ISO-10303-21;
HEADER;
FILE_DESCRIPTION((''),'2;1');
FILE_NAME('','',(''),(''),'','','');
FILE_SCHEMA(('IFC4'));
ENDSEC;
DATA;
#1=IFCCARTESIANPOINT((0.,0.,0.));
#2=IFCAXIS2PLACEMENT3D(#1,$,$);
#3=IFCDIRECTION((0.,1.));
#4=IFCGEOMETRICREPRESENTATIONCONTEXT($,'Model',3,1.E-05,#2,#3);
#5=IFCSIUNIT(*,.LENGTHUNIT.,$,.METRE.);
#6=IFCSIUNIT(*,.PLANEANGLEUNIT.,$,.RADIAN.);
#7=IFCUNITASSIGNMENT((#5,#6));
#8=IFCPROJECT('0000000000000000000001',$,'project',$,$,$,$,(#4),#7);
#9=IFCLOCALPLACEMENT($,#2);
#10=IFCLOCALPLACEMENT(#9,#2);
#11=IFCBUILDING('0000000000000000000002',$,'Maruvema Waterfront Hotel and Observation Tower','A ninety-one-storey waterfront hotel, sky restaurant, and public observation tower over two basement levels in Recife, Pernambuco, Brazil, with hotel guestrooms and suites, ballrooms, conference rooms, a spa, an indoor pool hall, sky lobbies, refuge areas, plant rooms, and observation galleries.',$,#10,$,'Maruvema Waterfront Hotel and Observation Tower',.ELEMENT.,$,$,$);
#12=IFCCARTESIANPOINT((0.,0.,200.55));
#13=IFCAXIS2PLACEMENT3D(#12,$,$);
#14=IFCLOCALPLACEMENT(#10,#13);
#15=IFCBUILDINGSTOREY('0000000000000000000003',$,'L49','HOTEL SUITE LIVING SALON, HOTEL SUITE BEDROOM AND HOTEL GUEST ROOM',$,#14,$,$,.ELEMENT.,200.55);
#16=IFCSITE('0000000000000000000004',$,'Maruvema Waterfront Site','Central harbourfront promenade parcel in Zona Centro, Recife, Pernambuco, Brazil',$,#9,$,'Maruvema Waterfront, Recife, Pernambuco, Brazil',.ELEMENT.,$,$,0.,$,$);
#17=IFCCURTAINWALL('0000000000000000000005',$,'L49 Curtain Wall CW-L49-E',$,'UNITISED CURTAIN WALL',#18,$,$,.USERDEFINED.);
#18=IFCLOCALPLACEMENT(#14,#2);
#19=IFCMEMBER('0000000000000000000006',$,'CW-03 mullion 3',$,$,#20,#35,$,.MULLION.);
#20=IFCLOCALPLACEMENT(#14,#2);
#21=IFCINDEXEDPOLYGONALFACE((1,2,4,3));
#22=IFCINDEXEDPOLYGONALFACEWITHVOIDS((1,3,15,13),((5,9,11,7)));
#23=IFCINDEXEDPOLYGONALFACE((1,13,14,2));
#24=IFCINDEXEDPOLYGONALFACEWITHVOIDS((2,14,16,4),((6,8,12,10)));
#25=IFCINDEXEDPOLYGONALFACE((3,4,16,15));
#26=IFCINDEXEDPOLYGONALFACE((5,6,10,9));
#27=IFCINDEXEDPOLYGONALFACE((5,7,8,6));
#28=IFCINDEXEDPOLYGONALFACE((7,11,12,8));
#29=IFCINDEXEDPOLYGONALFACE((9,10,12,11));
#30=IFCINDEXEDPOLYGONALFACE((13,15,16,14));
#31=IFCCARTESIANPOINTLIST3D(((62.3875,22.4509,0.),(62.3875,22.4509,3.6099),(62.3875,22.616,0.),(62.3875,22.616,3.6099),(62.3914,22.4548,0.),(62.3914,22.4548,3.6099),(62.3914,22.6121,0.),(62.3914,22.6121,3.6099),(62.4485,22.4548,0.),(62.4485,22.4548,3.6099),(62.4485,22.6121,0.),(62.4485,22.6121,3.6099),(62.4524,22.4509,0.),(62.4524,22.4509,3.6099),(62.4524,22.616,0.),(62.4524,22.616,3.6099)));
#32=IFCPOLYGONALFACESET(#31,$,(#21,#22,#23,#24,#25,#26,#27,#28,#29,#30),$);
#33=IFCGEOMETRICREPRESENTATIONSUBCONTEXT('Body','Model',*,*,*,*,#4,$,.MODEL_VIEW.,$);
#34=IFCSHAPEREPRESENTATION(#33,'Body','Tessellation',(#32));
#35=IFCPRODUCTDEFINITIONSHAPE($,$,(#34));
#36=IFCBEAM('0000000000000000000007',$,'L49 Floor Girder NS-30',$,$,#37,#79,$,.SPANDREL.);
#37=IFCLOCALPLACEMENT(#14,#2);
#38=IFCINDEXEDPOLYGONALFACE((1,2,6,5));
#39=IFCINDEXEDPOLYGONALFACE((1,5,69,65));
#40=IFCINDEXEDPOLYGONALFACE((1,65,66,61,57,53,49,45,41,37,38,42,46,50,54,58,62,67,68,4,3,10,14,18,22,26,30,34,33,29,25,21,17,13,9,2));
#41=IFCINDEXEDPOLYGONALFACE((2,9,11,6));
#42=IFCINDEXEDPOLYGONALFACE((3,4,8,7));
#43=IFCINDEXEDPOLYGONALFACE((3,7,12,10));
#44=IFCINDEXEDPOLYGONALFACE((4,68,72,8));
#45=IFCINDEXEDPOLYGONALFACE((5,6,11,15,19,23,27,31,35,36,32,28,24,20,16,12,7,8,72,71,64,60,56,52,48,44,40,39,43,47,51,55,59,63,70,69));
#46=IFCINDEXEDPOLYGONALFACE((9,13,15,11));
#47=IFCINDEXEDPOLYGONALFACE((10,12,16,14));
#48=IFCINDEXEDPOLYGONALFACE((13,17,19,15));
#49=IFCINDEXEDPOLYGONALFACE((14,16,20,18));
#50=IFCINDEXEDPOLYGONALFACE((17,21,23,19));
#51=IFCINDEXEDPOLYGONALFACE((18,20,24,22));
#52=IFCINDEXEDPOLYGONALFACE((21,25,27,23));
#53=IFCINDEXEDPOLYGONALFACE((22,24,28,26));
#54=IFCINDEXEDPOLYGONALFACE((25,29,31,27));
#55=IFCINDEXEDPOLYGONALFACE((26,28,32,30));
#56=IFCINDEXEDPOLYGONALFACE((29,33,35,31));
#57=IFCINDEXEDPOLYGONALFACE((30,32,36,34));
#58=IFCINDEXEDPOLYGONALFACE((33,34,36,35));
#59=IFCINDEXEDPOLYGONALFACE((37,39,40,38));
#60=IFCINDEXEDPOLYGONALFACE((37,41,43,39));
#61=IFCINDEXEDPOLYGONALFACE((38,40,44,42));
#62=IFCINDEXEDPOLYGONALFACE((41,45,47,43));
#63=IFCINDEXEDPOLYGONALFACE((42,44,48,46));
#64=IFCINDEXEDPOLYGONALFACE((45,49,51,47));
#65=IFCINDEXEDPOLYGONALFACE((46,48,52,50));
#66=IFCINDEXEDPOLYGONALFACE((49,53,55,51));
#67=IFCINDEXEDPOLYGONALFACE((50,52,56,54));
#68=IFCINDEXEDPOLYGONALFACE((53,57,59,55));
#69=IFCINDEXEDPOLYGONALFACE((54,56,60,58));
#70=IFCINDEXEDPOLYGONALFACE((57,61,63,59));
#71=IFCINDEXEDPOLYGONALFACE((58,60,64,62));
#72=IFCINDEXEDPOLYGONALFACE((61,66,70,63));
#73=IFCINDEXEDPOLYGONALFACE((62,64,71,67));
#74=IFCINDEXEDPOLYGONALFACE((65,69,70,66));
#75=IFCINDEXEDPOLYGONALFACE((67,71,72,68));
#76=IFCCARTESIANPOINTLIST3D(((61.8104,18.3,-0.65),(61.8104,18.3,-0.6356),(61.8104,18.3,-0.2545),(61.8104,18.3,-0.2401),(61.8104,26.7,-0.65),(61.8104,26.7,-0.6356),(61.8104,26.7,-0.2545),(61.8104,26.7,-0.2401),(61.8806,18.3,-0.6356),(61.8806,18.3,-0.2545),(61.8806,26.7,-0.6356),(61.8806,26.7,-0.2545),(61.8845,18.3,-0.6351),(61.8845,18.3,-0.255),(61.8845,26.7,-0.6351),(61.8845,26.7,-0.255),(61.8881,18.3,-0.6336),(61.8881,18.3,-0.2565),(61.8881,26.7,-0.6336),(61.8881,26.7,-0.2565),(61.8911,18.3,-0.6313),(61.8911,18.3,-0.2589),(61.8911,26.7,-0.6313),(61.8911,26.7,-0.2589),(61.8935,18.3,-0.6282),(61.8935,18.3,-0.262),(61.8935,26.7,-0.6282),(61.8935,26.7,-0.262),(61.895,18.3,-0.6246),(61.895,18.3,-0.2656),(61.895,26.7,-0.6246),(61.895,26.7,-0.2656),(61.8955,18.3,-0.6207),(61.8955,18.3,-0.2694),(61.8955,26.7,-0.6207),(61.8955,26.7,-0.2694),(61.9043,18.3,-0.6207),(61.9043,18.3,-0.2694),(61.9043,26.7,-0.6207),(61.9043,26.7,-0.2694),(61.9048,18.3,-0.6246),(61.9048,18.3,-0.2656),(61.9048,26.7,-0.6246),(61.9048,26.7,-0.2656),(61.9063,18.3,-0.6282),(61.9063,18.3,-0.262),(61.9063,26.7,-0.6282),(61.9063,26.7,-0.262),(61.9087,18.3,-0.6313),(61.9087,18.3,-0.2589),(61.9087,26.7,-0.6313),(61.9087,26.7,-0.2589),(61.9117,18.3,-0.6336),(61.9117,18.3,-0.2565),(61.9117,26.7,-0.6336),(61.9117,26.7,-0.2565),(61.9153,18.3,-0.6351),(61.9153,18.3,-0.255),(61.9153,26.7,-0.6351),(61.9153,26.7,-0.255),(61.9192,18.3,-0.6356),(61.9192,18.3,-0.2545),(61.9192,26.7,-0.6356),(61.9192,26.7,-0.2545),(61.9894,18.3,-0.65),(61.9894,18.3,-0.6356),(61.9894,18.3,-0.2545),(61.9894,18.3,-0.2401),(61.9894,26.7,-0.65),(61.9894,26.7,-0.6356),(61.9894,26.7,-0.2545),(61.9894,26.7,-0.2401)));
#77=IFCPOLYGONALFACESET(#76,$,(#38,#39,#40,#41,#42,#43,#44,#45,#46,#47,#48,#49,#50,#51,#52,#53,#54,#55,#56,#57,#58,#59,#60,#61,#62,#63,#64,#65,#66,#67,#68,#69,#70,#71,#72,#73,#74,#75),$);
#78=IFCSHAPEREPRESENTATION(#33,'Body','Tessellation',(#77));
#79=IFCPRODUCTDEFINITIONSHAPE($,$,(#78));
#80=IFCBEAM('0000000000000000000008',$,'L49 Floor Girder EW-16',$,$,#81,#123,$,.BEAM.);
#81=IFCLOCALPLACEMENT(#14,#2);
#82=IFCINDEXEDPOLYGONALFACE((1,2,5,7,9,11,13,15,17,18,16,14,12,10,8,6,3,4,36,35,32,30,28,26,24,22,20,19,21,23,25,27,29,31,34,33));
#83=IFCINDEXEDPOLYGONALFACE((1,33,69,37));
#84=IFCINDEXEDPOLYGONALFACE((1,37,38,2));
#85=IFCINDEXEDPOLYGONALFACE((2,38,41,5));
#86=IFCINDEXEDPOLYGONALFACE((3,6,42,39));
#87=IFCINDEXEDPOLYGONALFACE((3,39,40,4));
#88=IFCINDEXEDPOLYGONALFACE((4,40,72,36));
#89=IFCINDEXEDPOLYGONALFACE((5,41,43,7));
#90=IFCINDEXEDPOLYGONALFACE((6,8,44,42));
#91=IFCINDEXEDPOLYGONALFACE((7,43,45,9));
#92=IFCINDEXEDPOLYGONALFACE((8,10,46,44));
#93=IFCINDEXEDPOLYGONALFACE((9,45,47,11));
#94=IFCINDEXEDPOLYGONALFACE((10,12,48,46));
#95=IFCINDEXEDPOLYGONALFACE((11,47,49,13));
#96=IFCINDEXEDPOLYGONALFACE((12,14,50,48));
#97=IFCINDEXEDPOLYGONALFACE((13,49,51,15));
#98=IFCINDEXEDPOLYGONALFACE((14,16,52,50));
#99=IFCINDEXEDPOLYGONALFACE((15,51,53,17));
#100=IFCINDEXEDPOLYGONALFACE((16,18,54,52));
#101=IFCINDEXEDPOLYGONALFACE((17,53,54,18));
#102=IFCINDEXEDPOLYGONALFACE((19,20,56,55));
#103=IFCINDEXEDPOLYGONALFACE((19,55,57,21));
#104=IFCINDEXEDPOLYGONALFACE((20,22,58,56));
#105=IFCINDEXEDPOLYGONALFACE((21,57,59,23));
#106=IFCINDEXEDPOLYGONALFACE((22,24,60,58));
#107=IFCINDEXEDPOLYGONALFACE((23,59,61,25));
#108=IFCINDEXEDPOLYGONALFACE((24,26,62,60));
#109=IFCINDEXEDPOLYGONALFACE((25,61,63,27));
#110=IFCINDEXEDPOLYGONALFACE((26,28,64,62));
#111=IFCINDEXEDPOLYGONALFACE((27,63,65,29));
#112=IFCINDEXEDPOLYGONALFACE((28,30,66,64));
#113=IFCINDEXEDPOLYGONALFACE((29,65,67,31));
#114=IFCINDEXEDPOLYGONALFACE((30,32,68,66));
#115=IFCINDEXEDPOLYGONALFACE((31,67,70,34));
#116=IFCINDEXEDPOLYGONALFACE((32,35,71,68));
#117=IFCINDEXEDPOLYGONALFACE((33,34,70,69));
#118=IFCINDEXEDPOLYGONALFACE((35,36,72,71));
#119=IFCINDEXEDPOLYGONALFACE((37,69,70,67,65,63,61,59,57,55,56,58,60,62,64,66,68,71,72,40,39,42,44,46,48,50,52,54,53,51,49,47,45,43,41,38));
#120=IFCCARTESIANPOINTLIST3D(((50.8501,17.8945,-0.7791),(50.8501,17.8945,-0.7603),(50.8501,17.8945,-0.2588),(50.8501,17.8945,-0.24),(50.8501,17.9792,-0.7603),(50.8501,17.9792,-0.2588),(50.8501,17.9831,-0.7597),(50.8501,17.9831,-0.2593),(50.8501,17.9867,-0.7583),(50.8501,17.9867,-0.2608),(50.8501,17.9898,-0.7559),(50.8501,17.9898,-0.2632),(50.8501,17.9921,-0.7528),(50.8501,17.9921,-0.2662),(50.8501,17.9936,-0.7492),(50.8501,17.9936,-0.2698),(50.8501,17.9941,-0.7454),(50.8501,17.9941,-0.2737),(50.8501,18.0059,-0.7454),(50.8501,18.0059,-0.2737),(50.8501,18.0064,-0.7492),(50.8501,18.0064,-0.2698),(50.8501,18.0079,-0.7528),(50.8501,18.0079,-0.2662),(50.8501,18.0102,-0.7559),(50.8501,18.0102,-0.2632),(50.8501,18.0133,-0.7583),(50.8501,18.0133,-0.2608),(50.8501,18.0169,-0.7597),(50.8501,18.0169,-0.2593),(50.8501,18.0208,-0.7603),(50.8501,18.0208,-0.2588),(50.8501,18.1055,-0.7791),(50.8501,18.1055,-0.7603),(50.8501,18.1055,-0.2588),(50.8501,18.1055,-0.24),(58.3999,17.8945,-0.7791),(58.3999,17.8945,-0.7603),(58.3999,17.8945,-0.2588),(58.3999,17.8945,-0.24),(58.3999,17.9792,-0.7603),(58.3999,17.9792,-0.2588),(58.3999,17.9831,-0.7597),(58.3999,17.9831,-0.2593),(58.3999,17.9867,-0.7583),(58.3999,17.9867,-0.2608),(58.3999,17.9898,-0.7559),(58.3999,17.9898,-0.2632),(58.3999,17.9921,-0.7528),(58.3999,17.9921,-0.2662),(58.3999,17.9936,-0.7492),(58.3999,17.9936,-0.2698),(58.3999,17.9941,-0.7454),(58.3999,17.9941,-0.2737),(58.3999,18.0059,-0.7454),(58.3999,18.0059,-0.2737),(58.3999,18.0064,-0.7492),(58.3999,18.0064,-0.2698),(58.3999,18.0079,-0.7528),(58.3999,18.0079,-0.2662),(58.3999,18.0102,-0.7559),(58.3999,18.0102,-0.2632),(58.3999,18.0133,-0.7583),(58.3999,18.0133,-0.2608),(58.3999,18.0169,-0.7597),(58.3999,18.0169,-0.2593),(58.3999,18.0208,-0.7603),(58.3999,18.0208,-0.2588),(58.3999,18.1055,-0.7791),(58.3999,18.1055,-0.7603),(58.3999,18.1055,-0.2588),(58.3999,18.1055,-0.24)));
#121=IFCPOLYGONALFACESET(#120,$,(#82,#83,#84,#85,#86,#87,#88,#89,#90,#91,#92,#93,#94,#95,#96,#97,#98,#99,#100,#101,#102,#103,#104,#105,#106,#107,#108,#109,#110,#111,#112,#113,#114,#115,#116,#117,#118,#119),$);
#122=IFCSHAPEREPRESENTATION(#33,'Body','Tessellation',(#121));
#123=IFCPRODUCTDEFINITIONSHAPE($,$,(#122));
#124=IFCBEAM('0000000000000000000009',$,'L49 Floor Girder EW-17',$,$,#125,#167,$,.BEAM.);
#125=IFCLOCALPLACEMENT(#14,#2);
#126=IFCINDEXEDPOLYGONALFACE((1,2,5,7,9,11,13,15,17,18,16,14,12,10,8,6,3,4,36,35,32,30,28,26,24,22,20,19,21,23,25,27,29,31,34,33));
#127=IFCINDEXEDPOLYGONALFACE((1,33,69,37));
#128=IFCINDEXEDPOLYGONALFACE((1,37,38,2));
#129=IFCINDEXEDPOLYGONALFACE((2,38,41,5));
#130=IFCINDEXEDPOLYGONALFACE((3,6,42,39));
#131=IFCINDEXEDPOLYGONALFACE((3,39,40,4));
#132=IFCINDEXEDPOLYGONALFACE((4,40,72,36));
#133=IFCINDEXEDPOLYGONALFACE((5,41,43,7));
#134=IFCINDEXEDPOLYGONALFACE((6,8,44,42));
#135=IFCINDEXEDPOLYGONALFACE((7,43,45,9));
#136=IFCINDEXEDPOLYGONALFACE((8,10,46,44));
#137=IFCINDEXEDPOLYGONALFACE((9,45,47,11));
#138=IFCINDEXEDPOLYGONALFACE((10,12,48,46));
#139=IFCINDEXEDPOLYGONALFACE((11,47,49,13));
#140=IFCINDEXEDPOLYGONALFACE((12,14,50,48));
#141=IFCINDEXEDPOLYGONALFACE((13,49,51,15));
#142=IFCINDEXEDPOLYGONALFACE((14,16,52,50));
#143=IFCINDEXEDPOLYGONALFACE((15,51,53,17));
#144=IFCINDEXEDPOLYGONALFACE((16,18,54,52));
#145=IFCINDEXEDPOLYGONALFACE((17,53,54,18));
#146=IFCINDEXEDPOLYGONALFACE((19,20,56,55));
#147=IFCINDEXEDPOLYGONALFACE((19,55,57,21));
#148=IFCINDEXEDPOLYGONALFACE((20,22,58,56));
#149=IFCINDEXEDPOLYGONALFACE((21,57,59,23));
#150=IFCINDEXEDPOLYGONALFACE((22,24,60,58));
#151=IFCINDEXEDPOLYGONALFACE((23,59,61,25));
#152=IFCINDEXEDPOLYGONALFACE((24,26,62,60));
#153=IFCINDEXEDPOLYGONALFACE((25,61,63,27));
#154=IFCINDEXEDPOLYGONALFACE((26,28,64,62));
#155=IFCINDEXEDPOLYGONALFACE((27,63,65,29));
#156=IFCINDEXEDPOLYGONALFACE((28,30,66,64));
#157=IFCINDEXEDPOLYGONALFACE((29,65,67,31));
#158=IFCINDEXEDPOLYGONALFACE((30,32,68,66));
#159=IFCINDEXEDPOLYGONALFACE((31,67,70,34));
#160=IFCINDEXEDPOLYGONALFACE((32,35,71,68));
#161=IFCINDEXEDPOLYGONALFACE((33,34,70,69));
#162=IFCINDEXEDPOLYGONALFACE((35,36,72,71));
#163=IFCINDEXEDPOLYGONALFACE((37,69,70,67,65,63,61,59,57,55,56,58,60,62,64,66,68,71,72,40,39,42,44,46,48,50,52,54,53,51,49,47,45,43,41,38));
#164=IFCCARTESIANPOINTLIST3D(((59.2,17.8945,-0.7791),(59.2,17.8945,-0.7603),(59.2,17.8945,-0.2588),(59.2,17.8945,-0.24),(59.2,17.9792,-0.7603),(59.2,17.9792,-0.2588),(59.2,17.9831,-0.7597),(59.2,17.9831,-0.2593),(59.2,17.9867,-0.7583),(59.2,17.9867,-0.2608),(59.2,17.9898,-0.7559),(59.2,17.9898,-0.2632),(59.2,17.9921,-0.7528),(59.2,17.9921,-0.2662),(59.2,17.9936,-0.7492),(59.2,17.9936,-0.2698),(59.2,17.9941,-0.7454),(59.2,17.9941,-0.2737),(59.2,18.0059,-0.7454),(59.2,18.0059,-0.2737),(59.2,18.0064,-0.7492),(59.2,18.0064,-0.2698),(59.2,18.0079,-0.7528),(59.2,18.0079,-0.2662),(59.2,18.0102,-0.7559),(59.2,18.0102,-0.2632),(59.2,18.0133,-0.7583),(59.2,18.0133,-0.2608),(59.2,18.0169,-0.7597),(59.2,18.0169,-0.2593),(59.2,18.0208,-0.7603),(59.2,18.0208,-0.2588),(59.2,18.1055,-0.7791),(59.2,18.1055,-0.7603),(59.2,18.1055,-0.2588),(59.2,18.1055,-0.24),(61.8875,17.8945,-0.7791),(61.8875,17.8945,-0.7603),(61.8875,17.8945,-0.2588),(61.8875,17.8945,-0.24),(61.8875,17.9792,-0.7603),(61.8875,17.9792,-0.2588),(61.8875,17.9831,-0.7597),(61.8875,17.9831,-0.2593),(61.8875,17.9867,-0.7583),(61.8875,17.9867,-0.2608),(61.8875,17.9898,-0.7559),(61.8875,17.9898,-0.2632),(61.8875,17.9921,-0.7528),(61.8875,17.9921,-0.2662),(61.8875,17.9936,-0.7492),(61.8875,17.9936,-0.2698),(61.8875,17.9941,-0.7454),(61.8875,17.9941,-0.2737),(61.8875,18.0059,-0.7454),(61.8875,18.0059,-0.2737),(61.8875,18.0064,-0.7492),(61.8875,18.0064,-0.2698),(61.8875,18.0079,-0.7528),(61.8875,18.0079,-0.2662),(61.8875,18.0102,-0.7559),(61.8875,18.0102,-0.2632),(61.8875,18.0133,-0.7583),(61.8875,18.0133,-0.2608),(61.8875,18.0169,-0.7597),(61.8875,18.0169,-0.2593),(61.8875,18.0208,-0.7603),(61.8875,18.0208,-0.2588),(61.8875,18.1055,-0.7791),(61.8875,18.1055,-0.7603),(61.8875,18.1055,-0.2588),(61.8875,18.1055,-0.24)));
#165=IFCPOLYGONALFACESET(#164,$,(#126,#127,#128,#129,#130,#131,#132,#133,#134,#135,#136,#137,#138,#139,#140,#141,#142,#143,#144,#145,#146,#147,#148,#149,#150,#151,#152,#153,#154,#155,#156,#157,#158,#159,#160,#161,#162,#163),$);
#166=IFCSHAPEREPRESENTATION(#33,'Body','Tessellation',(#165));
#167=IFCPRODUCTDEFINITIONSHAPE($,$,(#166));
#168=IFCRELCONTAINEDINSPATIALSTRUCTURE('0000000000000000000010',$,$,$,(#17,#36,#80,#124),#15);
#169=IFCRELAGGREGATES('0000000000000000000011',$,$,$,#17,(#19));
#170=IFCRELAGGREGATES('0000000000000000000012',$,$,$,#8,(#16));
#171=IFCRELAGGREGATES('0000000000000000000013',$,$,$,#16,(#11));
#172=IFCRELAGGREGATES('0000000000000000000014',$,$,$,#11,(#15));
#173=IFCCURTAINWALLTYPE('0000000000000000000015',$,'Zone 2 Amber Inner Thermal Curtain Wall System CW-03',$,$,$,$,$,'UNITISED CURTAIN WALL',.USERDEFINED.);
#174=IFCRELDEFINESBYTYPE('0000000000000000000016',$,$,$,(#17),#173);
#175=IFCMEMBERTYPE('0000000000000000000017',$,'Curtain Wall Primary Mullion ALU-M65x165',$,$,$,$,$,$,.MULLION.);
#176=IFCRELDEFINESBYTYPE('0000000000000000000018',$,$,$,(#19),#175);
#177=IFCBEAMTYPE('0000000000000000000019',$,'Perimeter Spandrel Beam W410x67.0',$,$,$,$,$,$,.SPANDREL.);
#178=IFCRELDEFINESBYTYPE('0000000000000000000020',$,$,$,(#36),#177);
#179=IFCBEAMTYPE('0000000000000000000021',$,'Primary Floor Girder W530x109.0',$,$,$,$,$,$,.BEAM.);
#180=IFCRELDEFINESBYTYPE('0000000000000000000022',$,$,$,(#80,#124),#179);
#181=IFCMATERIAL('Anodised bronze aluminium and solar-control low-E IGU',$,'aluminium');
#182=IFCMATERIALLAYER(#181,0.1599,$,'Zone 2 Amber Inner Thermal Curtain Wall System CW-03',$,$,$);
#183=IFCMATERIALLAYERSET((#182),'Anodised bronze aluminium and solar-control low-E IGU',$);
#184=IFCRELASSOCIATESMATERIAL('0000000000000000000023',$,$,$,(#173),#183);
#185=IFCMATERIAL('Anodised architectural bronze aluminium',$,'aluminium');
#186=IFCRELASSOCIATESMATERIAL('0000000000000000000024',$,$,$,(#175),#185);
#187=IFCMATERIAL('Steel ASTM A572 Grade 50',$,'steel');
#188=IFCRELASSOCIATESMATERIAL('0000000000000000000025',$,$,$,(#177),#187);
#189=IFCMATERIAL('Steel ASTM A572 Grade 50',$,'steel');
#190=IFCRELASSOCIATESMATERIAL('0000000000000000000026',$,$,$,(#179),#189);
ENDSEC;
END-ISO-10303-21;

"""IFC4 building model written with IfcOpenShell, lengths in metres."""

from ifc_helpers import new_model, si_unit, direction, frame, origin, origin_2d, place, context, subcontext, project, spatial, hollow_rectangle, i_section, extrude, material, layer, layer_set, material_profile, profile_set, type_object, element, aggregate, save


model = new_model("IFC4")

# Units and contexts
model_context = context("Model", 3, precision=1e-05, world=origin(), true_north=direction((0.0, 1.0)))
body_context = subcontext(model_context, "Body", "Model", "MODEL_VIEW")
ifc_project = project(units=[si_unit("LENGTHUNIT", "METRE"), si_unit("PLANEANGLEUNIT", "RADIAN")], contexts=[model_context])

# Site, building, storey
site_placement = place(None, origin())
site = spatial("IfcSite", under=ifc_project, at=site_placement, Name="Maruvema Waterfront Site", Description="Central harbourfront promenade parcel in Zona Centro, Recife, Pernambuco, Brazil", LongName="Maruvema Waterfront, Recife, Pernambuco, Brazil", CompositionType="ELEMENT", RefElevation=0.0)
building_placement = place(site_placement, origin())
building = spatial("IfcBuilding", under=site, at=building_placement, Name="Maruvema Waterfront Hotel and Observation Tower", Description="A ninety-one-storey waterfront hotel, sky restaurant, and public observation tower over two basement levels in Recife, Pernambuco, Brazil, with hotel guestrooms and suites, ballrooms, conference rooms, a spa, an indoor pool hall, sky lobbies, refuge areas, plant rooms, and observation galleries.", LongName="Maruvema Waterfront Hotel and Observation Tower", CompositionType="ELEMENT")
storey_placement = place(building_placement, frame((0.0, 0.0, 200.55)))
storey = spatial("IfcBuildingStorey", under=building, at=storey_placement, Name="L49", Description="HOTEL SUITE LIVING SALON, HOTEL SUITE BEDROOM AND HOTEL GUEST ROOM", CompositionType="ELEMENT", Elevation=200.55)

# Curtain wall, member
ifc_material_1 = material(Name="Anodised bronze aluminium and solar-control low-E IGU", Category="aluminium")
ifc_layer_1 = layer(ifc_material_1, 0.1599, Name="Zone 2 Amber Inner Thermal Curtain Wall System CW-03")
ifc_layer_set_1 = layer_set([ifc_layer_1], Name="Anodised bronze aluminium and solar-control low-E IGU")
curtain_wall_type = type_object("IfcCurtainWallType", Name="Zone 2 Amber Inner Thermal Curtain Wall System CW-03", ElementType="UNITISED CURTAIN WALL", PredefinedType="USERDEFINED", material=ifc_layer_set_1)
curtain_wall_placement = place(storey_placement, origin())
curtain_wall = element("IfcCurtainWall", 1, at=curtain_wall_placement, inside=storey, type_object=curtain_wall_type, Name="L49 Curtain Wall CW-L49-E", ObjectType="UNITISED CURTAIN WALL", PredefinedType="USERDEFINED")
ifc_material_2 = material(Name="Anodised architectural bronze aluminium", Category="aluminium")
ifc_material_profile_1 = material_profile(ifc_material_2, hollow_rectangle(XDim=0.0649, YDim=0.165, WallThickness=0.0039, at=origin_2d()), Name="ALU-M65x165")
ifc_profile_set_1 = profile_set([ifc_material_profile_1], Name="Anodised architectural bronze aluminium")
member_type_1 = type_object("IfcMemberType", Name="Curtain Wall Primary Mullion ALU-M65x165", PredefinedType="MULLION", material=ifc_profile_set_1)
member_1_placement = place(storey_placement, frame((62.4199, 22.5334, 0.0), z_axis=(0.0, 0.0, 1.0), x_axis=(-1.0, 0.0, 0.0)))
member_1 = element("IfcMember", 2, at=member_1_placement, type_object=member_type_1, Name="CW-03 mullion 3", PredefinedType="MULLION", context=body_context, shape_type="SweptSolid", body=[
    extrude(hollow_rectangle(XDim=0.0649, YDim=0.165, WallThickness=0.0039, at=origin_2d()), origin(), (0.0, 0.0, 1.0), 3.6099),
])

# Beams
ifc_material_3 = material(Name="Steel ASTM A572 Grade 50", Category="steel")
ifc_material_profile_2 = material_profile(ifc_material_3, i_section(OverallWidth=0.179, OverallDepth=0.4099, WebThickness=0.0088, FlangeThickness=0.0144, FilletRadius=0.0149, at=origin_2d()), Name="W410x67.0")
ifc_profile_set_2 = profile_set([ifc_material_profile_2], Name="Steel ASTM A572 Grade 50")
beam_type_1 = type_object("IfcBeamType", Name="Perimeter Spandrel Beam W410x67.0", PredefinedType="SPANDREL", material=ifc_profile_set_2)
beam_1_placement = place(storey_placement, frame((61.8999, 18.3, -0.4451), z_axis=(0.0, 1.0, 0.0), x_axis=(-1.0, 0.0, 0.0)))
element("IfcBeam", 3, at=beam_1_placement, inside=storey, type_object=beam_type_1, Name="L49 Floor Girder NS-30", PredefinedType="SPANDREL", context=body_context, shape_type="SweptSolid", body=[
    extrude(i_section(OverallWidth=0.179, OverallDepth=0.4099, WebThickness=0.0088, FlangeThickness=0.0144, FilletRadius=0.0149, at=origin_2d()), origin(), (0.0, 0.0, 1.0), 8.3999),
])
ifc_material_4 = material(Name="Steel ASTM A572 Grade 50", Category="steel")
ifc_material_profile_3 = material_profile(ifc_material_4, i_section(OverallWidth=0.2109, OverallDepth=0.5391, WebThickness=0.0117, FlangeThickness=0.0188, FilletRadius=0.0149, at=origin_2d()), Name="W530x109.0")
ifc_profile_set_3 = profile_set([ifc_material_profile_3], Name="Steel ASTM A572 Grade 50")
beam_type_2 = type_object("IfcBeamType", Name="Primary Floor Girder W530x109.0", PredefinedType="BEAM", material=ifc_profile_set_3)
beam_2_placement = place(storey_placement, frame((50.8501, 18.0, -0.5095), z_axis=(1.0, 0.0, 0.0), x_axis=(0.0, 1.0, 0.0)))
element("IfcBeam", 4, at=beam_2_placement, inside=storey, type_object=beam_type_2, Name="L49 Floor Girder EW-16", PredefinedType="BEAM", context=body_context, shape_type="SweptSolid", body=[
    extrude(i_section(OverallWidth=0.2109, OverallDepth=0.5391, WebThickness=0.0117, FlangeThickness=0.0188, FilletRadius=0.0149, at=origin_2d()), origin(), (0.0, 0.0, 1.0), 7.5498),
])
beam_3_placement = place(storey_placement, frame((59.2, 18.0, -0.5095), z_axis=(1.0, 0.0, 0.0), x_axis=(0.0, 1.0, 0.0)))
element("IfcBeam", 5, at=beam_3_placement, inside=storey, type_object=beam_type_2, Name="L49 Floor Girder EW-17", PredefinedType="BEAM", context=body_context, shape_type="SweptSolid", body=[
    extrude(i_section(OverallWidth=0.2109, OverallDepth=0.5391, WebThickness=0.0117, FlangeThickness=0.0188, FilletRadius=0.0149, at=origin_2d()), origin(), (0.0, 0.0, 1.0), 2.6875),
])

aggregate(curtain_wall, [member_1])

save(model, "model.ifc")
